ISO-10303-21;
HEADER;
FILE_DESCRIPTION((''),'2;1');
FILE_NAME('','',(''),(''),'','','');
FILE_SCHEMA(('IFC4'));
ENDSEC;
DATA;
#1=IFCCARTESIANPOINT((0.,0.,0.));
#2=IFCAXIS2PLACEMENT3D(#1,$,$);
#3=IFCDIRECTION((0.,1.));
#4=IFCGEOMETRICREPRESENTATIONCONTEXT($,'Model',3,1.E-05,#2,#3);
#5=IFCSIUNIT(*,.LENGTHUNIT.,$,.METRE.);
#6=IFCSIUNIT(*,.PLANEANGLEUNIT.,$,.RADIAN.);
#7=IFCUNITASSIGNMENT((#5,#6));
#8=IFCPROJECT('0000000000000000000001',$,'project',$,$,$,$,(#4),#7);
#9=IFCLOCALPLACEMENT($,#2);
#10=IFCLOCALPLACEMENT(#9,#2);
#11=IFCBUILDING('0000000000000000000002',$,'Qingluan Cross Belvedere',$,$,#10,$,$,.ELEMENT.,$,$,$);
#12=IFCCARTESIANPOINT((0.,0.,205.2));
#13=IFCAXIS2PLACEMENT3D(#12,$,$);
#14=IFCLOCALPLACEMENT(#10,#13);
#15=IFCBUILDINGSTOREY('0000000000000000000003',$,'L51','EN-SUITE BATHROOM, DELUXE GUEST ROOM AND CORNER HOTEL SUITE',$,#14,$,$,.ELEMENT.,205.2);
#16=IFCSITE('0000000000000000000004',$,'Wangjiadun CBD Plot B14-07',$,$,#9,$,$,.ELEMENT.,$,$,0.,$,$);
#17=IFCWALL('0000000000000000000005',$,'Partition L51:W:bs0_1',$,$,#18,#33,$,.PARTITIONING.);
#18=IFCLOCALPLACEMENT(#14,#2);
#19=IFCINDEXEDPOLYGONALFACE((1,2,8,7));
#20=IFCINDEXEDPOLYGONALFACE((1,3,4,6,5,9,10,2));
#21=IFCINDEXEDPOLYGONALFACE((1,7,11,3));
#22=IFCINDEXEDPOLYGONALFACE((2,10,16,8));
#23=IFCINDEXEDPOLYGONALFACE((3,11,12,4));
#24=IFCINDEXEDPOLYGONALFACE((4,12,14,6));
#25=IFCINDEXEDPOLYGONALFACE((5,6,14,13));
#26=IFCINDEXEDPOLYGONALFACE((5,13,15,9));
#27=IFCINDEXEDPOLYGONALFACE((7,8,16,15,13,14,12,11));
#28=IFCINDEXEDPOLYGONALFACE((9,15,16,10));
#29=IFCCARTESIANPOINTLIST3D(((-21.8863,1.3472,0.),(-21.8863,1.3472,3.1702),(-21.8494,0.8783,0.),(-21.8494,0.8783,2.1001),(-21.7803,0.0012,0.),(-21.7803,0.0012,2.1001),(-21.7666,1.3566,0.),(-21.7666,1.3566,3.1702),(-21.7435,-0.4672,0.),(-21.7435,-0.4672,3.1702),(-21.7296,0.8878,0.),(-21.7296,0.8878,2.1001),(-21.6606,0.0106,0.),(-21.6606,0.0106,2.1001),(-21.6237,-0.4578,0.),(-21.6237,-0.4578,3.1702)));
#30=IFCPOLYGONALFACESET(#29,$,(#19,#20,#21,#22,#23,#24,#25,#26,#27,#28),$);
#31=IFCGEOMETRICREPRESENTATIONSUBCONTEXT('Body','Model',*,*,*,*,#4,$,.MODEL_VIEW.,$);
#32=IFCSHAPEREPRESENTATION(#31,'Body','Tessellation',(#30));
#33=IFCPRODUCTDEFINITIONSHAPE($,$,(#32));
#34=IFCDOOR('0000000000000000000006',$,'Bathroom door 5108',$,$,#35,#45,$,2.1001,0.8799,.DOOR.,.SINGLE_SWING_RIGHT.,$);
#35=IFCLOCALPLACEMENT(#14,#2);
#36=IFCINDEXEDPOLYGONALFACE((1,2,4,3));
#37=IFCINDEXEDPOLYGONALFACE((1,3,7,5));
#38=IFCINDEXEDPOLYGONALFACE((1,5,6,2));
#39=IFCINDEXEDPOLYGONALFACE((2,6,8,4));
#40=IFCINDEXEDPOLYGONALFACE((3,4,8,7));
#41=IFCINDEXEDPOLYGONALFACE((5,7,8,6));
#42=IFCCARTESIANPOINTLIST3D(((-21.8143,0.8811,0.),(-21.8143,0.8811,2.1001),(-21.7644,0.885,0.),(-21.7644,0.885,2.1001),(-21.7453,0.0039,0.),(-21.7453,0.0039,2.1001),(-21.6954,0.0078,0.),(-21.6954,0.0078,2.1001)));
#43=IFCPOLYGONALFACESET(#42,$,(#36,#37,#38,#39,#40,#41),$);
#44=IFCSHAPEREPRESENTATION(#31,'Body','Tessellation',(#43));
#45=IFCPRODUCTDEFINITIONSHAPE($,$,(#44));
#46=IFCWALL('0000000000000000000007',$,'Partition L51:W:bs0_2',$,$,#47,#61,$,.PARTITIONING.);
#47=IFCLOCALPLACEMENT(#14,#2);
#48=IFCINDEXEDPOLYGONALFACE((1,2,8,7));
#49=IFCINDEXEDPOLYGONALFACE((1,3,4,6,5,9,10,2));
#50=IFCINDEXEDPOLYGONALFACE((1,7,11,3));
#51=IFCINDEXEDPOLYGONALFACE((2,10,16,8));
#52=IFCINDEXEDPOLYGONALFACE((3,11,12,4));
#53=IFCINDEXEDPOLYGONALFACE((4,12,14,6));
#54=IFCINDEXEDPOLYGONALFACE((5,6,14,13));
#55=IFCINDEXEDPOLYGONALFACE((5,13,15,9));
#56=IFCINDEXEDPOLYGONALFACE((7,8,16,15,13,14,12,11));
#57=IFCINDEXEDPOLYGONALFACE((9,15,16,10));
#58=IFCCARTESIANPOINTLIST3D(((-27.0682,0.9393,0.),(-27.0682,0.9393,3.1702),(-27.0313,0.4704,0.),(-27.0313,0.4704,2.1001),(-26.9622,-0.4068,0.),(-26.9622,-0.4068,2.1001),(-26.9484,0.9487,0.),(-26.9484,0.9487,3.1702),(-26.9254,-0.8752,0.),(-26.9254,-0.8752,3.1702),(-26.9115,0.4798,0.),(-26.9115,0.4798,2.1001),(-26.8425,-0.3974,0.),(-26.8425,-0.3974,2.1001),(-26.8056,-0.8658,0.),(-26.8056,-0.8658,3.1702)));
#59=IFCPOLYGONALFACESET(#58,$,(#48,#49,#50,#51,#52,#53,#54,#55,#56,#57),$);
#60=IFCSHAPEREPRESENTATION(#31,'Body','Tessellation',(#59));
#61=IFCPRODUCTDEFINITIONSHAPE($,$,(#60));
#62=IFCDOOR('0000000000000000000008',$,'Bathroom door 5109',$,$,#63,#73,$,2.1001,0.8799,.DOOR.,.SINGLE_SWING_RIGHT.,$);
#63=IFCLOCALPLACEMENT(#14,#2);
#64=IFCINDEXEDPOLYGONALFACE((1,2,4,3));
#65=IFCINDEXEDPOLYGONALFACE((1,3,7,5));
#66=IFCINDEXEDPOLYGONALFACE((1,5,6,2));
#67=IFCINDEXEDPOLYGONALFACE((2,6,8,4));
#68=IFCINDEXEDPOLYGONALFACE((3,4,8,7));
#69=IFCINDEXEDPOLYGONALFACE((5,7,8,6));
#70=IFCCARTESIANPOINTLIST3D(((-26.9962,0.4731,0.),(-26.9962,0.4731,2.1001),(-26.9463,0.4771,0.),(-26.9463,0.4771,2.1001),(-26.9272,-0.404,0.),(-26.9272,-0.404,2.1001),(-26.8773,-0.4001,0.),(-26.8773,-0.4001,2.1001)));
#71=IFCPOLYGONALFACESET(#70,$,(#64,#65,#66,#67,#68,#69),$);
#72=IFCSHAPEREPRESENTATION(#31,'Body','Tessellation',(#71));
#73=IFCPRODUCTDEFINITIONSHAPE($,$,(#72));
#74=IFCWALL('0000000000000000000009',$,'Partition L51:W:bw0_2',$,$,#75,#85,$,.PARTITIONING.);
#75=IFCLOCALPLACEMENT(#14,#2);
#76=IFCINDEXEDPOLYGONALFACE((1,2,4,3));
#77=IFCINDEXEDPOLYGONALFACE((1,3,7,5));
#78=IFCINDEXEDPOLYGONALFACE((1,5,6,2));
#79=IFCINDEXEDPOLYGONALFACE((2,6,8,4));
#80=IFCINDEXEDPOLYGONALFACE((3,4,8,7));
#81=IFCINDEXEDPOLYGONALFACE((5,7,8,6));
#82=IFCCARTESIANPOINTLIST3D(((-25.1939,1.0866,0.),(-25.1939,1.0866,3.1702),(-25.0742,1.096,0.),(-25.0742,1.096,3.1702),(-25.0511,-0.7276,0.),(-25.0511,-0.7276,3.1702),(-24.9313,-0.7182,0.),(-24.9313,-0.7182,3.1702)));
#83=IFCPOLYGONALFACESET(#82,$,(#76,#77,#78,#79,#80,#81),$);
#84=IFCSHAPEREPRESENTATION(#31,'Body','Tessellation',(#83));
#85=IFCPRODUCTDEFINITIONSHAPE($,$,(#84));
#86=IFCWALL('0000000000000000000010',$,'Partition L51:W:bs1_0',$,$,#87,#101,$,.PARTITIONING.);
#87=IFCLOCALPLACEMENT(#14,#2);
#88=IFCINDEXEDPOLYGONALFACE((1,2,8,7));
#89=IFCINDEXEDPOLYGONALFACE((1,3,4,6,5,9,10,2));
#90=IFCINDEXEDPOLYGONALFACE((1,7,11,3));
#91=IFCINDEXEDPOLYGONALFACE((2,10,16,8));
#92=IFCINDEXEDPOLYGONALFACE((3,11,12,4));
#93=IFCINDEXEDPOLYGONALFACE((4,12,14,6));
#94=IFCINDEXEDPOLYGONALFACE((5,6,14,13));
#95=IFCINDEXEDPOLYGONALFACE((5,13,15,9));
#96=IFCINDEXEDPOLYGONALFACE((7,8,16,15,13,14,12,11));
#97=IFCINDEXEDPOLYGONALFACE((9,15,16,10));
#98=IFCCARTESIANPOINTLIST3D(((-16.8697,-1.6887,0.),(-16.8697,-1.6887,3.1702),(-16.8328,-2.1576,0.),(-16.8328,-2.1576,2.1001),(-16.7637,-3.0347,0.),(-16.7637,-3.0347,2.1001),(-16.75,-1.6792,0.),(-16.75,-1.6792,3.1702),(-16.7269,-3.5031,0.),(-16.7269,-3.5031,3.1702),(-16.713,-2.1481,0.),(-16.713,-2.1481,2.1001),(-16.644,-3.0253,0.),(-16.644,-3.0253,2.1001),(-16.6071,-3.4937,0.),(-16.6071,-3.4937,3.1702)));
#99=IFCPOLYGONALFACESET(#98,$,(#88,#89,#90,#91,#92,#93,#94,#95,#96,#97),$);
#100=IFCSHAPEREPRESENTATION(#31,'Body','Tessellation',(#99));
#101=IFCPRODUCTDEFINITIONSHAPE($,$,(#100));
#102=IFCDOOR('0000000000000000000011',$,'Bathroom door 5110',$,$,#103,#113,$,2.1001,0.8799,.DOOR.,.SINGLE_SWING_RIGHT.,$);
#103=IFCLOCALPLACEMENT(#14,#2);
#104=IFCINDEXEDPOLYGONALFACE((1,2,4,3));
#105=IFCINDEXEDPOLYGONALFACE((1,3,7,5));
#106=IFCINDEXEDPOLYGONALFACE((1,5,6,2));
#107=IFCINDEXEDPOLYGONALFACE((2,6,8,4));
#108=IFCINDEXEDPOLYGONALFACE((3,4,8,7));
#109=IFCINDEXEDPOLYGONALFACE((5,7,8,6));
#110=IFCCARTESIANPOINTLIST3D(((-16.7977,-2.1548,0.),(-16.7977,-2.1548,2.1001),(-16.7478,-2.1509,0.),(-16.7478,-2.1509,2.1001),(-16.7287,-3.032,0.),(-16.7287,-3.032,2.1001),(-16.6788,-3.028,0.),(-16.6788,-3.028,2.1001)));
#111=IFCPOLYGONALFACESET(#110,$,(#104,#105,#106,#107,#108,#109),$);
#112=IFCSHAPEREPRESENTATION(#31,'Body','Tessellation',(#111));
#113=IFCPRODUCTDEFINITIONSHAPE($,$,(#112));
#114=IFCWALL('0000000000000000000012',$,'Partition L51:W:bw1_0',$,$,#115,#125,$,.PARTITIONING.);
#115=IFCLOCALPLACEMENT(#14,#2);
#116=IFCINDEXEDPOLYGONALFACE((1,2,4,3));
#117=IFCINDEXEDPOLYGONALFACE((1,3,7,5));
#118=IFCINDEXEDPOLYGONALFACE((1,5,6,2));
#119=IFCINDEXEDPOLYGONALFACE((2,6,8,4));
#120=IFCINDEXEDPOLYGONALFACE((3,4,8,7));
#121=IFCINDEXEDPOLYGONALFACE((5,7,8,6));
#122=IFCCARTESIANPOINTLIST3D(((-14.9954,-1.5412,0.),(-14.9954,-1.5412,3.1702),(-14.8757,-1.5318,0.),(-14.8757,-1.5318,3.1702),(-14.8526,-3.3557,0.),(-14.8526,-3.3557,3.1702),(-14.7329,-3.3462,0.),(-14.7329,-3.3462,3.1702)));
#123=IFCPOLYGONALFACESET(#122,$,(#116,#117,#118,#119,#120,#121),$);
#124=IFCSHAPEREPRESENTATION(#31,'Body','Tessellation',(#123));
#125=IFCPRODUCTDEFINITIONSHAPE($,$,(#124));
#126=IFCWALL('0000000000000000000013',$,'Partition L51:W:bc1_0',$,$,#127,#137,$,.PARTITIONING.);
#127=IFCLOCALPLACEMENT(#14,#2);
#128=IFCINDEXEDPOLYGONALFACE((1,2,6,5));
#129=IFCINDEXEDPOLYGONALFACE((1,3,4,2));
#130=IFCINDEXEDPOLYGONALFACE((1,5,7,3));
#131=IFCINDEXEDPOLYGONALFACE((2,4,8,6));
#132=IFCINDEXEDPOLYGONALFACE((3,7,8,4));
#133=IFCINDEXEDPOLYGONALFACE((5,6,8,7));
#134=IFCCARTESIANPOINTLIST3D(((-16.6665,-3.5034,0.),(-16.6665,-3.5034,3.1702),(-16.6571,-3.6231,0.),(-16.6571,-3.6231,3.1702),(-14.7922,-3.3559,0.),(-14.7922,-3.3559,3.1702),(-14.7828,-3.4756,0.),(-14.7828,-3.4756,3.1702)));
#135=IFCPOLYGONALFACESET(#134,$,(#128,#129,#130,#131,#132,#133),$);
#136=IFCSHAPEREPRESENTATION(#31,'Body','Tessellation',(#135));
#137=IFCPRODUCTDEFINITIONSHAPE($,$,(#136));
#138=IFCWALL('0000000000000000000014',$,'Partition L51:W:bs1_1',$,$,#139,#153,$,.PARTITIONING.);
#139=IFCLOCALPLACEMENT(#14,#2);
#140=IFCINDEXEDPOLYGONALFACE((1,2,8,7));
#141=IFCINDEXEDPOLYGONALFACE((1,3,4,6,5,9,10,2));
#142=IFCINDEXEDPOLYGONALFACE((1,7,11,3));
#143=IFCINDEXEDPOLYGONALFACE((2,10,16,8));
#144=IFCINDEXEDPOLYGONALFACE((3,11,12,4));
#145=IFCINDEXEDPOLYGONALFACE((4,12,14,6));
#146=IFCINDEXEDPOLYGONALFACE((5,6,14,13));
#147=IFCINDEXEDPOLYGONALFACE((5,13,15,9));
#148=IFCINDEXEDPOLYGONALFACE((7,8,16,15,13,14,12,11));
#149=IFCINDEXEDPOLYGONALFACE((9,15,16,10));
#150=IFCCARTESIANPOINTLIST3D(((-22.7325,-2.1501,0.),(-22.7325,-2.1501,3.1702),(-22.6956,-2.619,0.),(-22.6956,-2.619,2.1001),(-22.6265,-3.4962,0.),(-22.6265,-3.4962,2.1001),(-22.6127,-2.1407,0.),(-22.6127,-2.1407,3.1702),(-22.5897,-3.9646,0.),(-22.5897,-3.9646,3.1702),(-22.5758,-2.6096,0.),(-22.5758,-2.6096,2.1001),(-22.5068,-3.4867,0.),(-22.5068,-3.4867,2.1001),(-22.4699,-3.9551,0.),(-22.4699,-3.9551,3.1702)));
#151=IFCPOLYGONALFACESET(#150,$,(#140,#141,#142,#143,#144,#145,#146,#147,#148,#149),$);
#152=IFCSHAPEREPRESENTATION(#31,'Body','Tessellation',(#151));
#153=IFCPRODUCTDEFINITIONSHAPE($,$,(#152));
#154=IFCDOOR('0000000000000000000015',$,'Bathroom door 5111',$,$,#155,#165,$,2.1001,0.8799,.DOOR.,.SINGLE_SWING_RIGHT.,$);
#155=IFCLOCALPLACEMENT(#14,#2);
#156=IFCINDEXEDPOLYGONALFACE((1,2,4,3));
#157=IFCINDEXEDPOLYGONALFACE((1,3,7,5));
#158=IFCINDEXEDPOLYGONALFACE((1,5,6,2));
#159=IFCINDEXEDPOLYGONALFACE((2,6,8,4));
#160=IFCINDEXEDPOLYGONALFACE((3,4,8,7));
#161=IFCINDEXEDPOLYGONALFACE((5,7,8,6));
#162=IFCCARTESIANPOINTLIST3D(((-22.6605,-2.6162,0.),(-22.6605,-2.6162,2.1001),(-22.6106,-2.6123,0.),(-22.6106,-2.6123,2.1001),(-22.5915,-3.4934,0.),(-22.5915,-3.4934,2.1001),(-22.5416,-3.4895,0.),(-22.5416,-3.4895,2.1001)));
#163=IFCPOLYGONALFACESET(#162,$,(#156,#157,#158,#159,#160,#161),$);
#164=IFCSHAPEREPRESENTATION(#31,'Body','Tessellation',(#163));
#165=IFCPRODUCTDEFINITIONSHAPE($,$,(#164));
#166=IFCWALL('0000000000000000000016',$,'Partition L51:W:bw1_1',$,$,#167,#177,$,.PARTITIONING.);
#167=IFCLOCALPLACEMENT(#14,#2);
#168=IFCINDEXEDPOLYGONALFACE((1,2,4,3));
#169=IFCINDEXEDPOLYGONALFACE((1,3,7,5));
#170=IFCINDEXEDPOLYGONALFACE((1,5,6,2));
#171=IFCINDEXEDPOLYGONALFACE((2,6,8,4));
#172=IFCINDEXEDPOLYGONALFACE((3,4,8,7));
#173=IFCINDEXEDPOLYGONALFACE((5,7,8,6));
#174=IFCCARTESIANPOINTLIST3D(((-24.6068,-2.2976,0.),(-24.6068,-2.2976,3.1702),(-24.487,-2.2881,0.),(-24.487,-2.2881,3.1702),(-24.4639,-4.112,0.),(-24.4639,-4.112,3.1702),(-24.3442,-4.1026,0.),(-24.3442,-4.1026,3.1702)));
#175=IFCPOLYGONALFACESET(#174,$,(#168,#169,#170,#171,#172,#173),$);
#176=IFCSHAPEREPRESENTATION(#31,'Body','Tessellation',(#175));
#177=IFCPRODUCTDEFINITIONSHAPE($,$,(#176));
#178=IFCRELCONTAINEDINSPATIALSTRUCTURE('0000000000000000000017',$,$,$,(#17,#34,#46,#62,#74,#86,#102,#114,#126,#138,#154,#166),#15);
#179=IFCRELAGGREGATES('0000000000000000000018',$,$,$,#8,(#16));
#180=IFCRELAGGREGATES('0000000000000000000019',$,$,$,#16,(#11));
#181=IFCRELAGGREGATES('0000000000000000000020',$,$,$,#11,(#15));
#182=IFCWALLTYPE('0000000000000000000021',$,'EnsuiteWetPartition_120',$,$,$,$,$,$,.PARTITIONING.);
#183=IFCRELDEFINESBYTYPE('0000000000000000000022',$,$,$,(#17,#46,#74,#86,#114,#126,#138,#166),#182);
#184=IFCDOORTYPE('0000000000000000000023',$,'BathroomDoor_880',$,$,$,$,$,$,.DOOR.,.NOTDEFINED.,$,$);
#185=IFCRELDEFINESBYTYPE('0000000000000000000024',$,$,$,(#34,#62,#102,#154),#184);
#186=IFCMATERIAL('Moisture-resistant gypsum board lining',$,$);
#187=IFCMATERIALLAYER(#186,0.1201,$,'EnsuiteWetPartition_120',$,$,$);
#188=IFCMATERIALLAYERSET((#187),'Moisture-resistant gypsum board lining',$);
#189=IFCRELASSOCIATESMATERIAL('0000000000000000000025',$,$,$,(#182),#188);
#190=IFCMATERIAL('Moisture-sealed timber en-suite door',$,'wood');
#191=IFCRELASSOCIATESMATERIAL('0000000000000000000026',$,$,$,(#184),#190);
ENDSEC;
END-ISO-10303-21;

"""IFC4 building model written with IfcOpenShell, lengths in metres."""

from ifc_helpers import new_model, si_unit, direction, frame, frame_2d, origin, place, context, subcontext, project, spatial, rectangle, extrude, material, layer, layer_set, type_object, element, fill, save


model = new_model("IFC4")

# Units and contexts
model_context = context("Model", 3, precision=1e-05, world=origin(), true_north=direction((0.0, 1.0)))
body_context = subcontext(model_context, "Body", "Model", "MODEL_VIEW")
ifc_project = project(units=[si_unit("LENGTHUNIT", "METRE"), si_unit("PLANEANGLEUNIT", "RADIAN")], contexts=[model_context])

# Site, building, storey
site_placement = place(None, origin())
site = spatial("IfcSite", under=ifc_project, at=site_placement, Name="Wangjiadun CBD Plot B14-07", CompositionType="ELEMENT", RefElevation=0.0)
building_placement = place(site_placement, origin())
building = spatial("IfcBuilding", under=site, at=building_placement, Name="Qingluan Cross Belvedere", CompositionType="ELEMENT")
storey_placement = place(building_placement, frame((0.0, 0.0, 205.2)))
storey = spatial("IfcBuildingStorey", under=building, at=storey_placement, Name="L51", Description="EN-SUITE BATHROOM, DELUXE GUEST ROOM AND CORNER HOTEL SUITE", CompositionType="ELEMENT", Elevation=205.2)

# Walls, openings, doors
ifc_material_1 = material(Name="Moisture-resistant gypsum board lining")
ifc_layer_1 = layer(ifc_material_1, 0.1201, Name="EnsuiteWetPartition_120")
ifc_layer_set_1 = layer_set([ifc_layer_1], Name="Moisture-resistant gypsum board lining")
wall_type_1 = type_object("IfcWallType", Name="EnsuiteWetPartition_120", PredefinedType="PARTITIONING", material=ifc_layer_set_1)
wall_1_placement = place(storey_placement, frame((-21.6836, -0.4626, 0.0), z_axis=(0.0, 0.0, 1.0), x_axis=(-0.078471, 0.996916, 0.0)))
wall_1 = element("IfcWall", 1, at=wall_1_placement, inside=storey, type_object=wall_type_1, Name="Partition L51:W:bs0_1", PredefinedType="PARTITIONING", context=body_context, shape_type="SweptSolid", body=[
    extrude(rectangle(XDim=1.8201, YDim=0.1201, at=frame_2d((0.9102, 0.0))), origin(), (0.0, 0.0, 1.0), 3.1702),
])
opening_1_placement = place(wall_1_placement, frame((0.47, 0.0, 0.0)))
opening_1 = element("IfcOpeningElement", 2, at=opening_1_placement, cuts=wall_1, PredefinedType="OPENING", context=body_context, shape_type="SweptSolid", body=[
    extrude(rectangle(XDim=0.8799, YDim=2.1001, at=frame_2d((0.4399, 1.05))), frame((0.0, 0.0701, 0.0), z_axis=(0.0, -1.0, 0.0), x_axis=(1.0, 0.0, 0.0)), (0.0, 0.0, 1.0), 0.1401),
])
ifc_material_2 = material(Name="Moisture-sealed timber en-suite door", Category="wood")
door_type_1 = type_object("IfcDoorType", Name="BathroomDoor_880", OperationType="NOTDEFINED", PredefinedType="DOOR", material=ifc_material_2)
door_1_placement = place(opening_1_placement, origin())
door_1 = element("IfcDoor", 3, at=door_1_placement, inside=storey, type_object=door_type_1, Name="Bathroom door 5108", OperationType="SINGLE_SWING_RIGHT", OverallHeight=2.1001, OverallWidth=0.8799, PredefinedType="DOOR", context=body_context, shape_type="SweptSolid", body=[
    extrude(rectangle(XDim=0.8799, YDim=2.1001, at=frame_2d((0.4399, 1.05))), frame((0.0, 0.0249, 0.0), z_axis=(0.0, -1.0, 0.0), x_axis=(1.0, 0.0, 0.0)), (0.0, 0.0, 1.0), 0.05),
])
fill(opening_1, door_1)
wall_2_placement = place(storey_placement, frame((-26.8655, -0.8706, 0.0), z_axis=(0.0, 0.0, 1.0), x_axis=(-0.078471, 0.996916, 0.0)))
wall_2 = element("IfcWall", 4, at=wall_2_placement, inside=storey, type_object=wall_type_1, Name="Partition L51:W:bs0_2", PredefinedType="PARTITIONING", context=body_context, shape_type="SweptSolid", body=[
    extrude(rectangle(XDim=1.8201, YDim=0.1201, at=frame_2d((0.9102, 0.0))), origin(), (0.0, 0.0, 1.0), 3.1702),
])
opening_2_placement = place(wall_2_placement, frame((0.47, 0.0, 0.0)))
opening_2 = element("IfcOpeningElement", 5, at=opening_2_placement, cuts=wall_2, PredefinedType="OPENING", context=body_context, shape_type="SweptSolid", body=[
    extrude(rectangle(XDim=0.8799, YDim=2.1001, at=frame_2d((0.4399, 1.05))), frame((0.0, 0.0701, 0.0), z_axis=(0.0, -1.0, 0.0), x_axis=(1.0, 0.0, 0.0)), (0.0, 0.0, 1.0), 0.1401),
])
door_2_placement = place(opening_2_placement, origin())
door_2 = element("IfcDoor", 6, at=door_2_placement, inside=storey, type_object=door_type_1, Name="Bathroom door 5109", OperationType="SINGLE_SWING_RIGHT", OverallHeight=2.1001, OverallWidth=0.8799, PredefinedType="DOOR", context=body_context, shape_type="SweptSolid", body=[
    extrude(rectangle(XDim=0.8799, YDim=2.1001, at=frame_2d((0.4399, 1.05))), frame((0.0, 0.0249, 0.0), z_axis=(0.0, -1.0, 0.0), x_axis=(1.0, 0.0, 0.0)), (0.0, 0.0, 1.0), 0.05),
])
fill(opening_2, door_2)

# Wall
wall_3_placement = place(storey_placement, frame((-24.9912, -0.7229, 0.0), z_axis=(0.0, 0.0, 1.0), x_axis=(-0.078481, 0.996916, 0.0)))
element("IfcWall", 7, at=wall_3_placement, inside=storey, type_object=wall_type_1, Name="Partition L51:W:bw0_2", PredefinedType="PARTITIONING", context=body_context, shape_type="SweptSolid", body=[
    extrude(rectangle(XDim=1.8198, YDim=0.1201, at=frame_2d((0.9099, 0.0))), origin(), (0.0, 0.0, 1.0), 3.1702),
])

# Wall, opening, door
wall_4_placement = place(storey_placement, frame((-16.667, -3.4985, 0.0), z_axis=(0.0, 0.0, 1.0), x_axis=(-0.078471, 0.996916, 0.0)))
wall_4 = element("IfcWall", 8, at=wall_4_placement, inside=storey, type_object=wall_type_1, Name="Partition L51:W:bs1_0", PredefinedType="PARTITIONING", context=body_context, shape_type="SweptSolid", body=[
    extrude(rectangle(XDim=1.8201, YDim=0.1201, at=frame_2d((0.9102, 0.0))), origin(), (0.0, 0.0, 1.0), 3.1702),
])
opening_3_placement = place(wall_4_placement, frame((0.47, 0.0, 0.0)))
opening_3 = element("IfcOpeningElement", 9, at=opening_3_placement, cuts=wall_4, PredefinedType="OPENING", context=body_context, shape_type="SweptSolid", body=[
    extrude(rectangle(XDim=0.8799, YDim=2.1001, at=frame_2d((0.4399, 1.05))), frame((0.0, 0.0701, 0.0), z_axis=(0.0, -1.0, 0.0), x_axis=(1.0, 0.0, 0.0)), (0.0, 0.0, 1.0), 0.1401),
])
door_3_placement = place(opening_3_placement, origin())
door_3 = element("IfcDoor", 10, at=door_3_placement, inside=storey, type_object=door_type_1, Name="Bathroom door 5110", OperationType="SINGLE_SWING_RIGHT", OverallHeight=2.1001, OverallWidth=0.8799, PredefinedType="DOOR", context=body_context, shape_type="SweptSolid", body=[
    extrude(rectangle(XDim=0.8799, YDim=2.1001, at=frame_2d((0.4399, 1.05))), frame((0.0, 0.0249, 0.0), z_axis=(0.0, -1.0, 0.0), x_axis=(1.0, 0.0, 0.0)), (0.0, 0.0, 1.0), 0.05),
])
fill(opening_3, door_3)

# Walls
wall_5_placement = place(storey_placement, frame((-14.7927, -3.3511, 0.0), z_axis=(0.0, 0.0, 1.0), x_axis=(-0.078471, 0.996916, 0.0)))
element("IfcWall", 11, at=wall_5_placement, inside=storey, type_object=wall_type_1, Name="Partition L51:W:bw1_0", PredefinedType="PARTITIONING", context=body_context, shape_type="SweptSolid", body=[
    extrude(rectangle(XDim=1.8201, YDim=0.1201, at=frame_2d((0.9102, 0.0))), origin(), (0.0, 0.0, 1.0), 3.1702),
])
wall_6_placement = place(storey_placement, frame((-14.7876, -3.4158, 0.0), z_axis=(0.0, 0.0, 1.0), x_axis=(-0.996919, -0.078434, 0.0)))
element("IfcWall", 12, at=wall_6_placement, inside=storey, type_object=wall_type_1, Name="Partition L51:W:bc1_0", PredefinedType="PARTITIONING", context=body_context, shape_type="SweptSolid", body=[
    extrude(rectangle(XDim=1.8801, YDim=0.1201, at=frame_2d((0.9399, 0.0))), origin(), (0.0, 0.0, 1.0), 3.1702),
])

# Wall, opening, door
wall_7_placement = place(storey_placement, frame((-22.5298, -3.96, 0.0), z_axis=(0.0, 0.0, 1.0), x_axis=(-0.078471, 0.996916, 0.0)))
wall_7 = element("IfcWall", 13, at=wall_7_placement, inside=storey, type_object=wall_type_1, Name="Partition L51:W:bs1_1", PredefinedType="PARTITIONING", context=body_context, shape_type="SweptSolid", body=[
    extrude(rectangle(XDim=1.8201, YDim=0.1201, at=frame_2d((0.9102, 0.0))), origin(), (0.0, 0.0, 1.0), 3.1702),
])
opening_4_placement = place(wall_7_placement, frame((0.47, 0.0, 0.0)))
opening_4 = element("IfcOpeningElement", 14, at=opening_4_placement, cuts=wall_7, PredefinedType="OPENING", context=body_context, shape_type="SweptSolid", body=[
    extrude(rectangle(XDim=0.8799, YDim=2.1001, at=frame_2d((0.4399, 1.05))), frame((0.0, 0.0701, 0.0), z_axis=(0.0, -1.0, 0.0), x_axis=(1.0, 0.0, 0.0)), (0.0, 0.0, 1.0), 0.1401),
])
door_4_placement = place(opening_4_placement, origin())
door_4 = element("IfcDoor", 15, at=door_4_placement, inside=storey, type_object=door_type_1, Name="Bathroom door 5111", OperationType="SINGLE_SWING_RIGHT", OverallHeight=2.1001, OverallWidth=0.8799, PredefinedType="DOOR", context=body_context, shape_type="SweptSolid", body=[
    extrude(rectangle(XDim=0.8799, YDim=2.1001, at=frame_2d((0.4399, 1.05))), frame((0.0, 0.0249, 0.0), z_axis=(0.0, -1.0, 0.0), x_axis=(1.0, 0.0, 0.0)), (0.0, 0.0, 1.0), 0.05),
])
fill(opening_4, door_4)

# Wall
wall_8_placement = place(storey_placement, frame((-24.4041, -4.1074, 0.0), z_axis=(0.0, 0.0, 1.0), x_axis=(-0.078471, 0.996916, 0.0)))
element("IfcWall", 16, at=wall_8_placement, inside=storey, type_object=wall_type_1, Name="Partition L51:W:bw1_1", PredefinedType="PARTITIONING", context=body_context, shape_type="SweptSolid", body=[
    extrude(rectangle(XDim=1.8201, YDim=0.1201, at=frame_2d((0.9102, 0.0))), origin(), (0.0, 0.0, 1.0), 3.1702),
])

save(model, "model.ifc")
